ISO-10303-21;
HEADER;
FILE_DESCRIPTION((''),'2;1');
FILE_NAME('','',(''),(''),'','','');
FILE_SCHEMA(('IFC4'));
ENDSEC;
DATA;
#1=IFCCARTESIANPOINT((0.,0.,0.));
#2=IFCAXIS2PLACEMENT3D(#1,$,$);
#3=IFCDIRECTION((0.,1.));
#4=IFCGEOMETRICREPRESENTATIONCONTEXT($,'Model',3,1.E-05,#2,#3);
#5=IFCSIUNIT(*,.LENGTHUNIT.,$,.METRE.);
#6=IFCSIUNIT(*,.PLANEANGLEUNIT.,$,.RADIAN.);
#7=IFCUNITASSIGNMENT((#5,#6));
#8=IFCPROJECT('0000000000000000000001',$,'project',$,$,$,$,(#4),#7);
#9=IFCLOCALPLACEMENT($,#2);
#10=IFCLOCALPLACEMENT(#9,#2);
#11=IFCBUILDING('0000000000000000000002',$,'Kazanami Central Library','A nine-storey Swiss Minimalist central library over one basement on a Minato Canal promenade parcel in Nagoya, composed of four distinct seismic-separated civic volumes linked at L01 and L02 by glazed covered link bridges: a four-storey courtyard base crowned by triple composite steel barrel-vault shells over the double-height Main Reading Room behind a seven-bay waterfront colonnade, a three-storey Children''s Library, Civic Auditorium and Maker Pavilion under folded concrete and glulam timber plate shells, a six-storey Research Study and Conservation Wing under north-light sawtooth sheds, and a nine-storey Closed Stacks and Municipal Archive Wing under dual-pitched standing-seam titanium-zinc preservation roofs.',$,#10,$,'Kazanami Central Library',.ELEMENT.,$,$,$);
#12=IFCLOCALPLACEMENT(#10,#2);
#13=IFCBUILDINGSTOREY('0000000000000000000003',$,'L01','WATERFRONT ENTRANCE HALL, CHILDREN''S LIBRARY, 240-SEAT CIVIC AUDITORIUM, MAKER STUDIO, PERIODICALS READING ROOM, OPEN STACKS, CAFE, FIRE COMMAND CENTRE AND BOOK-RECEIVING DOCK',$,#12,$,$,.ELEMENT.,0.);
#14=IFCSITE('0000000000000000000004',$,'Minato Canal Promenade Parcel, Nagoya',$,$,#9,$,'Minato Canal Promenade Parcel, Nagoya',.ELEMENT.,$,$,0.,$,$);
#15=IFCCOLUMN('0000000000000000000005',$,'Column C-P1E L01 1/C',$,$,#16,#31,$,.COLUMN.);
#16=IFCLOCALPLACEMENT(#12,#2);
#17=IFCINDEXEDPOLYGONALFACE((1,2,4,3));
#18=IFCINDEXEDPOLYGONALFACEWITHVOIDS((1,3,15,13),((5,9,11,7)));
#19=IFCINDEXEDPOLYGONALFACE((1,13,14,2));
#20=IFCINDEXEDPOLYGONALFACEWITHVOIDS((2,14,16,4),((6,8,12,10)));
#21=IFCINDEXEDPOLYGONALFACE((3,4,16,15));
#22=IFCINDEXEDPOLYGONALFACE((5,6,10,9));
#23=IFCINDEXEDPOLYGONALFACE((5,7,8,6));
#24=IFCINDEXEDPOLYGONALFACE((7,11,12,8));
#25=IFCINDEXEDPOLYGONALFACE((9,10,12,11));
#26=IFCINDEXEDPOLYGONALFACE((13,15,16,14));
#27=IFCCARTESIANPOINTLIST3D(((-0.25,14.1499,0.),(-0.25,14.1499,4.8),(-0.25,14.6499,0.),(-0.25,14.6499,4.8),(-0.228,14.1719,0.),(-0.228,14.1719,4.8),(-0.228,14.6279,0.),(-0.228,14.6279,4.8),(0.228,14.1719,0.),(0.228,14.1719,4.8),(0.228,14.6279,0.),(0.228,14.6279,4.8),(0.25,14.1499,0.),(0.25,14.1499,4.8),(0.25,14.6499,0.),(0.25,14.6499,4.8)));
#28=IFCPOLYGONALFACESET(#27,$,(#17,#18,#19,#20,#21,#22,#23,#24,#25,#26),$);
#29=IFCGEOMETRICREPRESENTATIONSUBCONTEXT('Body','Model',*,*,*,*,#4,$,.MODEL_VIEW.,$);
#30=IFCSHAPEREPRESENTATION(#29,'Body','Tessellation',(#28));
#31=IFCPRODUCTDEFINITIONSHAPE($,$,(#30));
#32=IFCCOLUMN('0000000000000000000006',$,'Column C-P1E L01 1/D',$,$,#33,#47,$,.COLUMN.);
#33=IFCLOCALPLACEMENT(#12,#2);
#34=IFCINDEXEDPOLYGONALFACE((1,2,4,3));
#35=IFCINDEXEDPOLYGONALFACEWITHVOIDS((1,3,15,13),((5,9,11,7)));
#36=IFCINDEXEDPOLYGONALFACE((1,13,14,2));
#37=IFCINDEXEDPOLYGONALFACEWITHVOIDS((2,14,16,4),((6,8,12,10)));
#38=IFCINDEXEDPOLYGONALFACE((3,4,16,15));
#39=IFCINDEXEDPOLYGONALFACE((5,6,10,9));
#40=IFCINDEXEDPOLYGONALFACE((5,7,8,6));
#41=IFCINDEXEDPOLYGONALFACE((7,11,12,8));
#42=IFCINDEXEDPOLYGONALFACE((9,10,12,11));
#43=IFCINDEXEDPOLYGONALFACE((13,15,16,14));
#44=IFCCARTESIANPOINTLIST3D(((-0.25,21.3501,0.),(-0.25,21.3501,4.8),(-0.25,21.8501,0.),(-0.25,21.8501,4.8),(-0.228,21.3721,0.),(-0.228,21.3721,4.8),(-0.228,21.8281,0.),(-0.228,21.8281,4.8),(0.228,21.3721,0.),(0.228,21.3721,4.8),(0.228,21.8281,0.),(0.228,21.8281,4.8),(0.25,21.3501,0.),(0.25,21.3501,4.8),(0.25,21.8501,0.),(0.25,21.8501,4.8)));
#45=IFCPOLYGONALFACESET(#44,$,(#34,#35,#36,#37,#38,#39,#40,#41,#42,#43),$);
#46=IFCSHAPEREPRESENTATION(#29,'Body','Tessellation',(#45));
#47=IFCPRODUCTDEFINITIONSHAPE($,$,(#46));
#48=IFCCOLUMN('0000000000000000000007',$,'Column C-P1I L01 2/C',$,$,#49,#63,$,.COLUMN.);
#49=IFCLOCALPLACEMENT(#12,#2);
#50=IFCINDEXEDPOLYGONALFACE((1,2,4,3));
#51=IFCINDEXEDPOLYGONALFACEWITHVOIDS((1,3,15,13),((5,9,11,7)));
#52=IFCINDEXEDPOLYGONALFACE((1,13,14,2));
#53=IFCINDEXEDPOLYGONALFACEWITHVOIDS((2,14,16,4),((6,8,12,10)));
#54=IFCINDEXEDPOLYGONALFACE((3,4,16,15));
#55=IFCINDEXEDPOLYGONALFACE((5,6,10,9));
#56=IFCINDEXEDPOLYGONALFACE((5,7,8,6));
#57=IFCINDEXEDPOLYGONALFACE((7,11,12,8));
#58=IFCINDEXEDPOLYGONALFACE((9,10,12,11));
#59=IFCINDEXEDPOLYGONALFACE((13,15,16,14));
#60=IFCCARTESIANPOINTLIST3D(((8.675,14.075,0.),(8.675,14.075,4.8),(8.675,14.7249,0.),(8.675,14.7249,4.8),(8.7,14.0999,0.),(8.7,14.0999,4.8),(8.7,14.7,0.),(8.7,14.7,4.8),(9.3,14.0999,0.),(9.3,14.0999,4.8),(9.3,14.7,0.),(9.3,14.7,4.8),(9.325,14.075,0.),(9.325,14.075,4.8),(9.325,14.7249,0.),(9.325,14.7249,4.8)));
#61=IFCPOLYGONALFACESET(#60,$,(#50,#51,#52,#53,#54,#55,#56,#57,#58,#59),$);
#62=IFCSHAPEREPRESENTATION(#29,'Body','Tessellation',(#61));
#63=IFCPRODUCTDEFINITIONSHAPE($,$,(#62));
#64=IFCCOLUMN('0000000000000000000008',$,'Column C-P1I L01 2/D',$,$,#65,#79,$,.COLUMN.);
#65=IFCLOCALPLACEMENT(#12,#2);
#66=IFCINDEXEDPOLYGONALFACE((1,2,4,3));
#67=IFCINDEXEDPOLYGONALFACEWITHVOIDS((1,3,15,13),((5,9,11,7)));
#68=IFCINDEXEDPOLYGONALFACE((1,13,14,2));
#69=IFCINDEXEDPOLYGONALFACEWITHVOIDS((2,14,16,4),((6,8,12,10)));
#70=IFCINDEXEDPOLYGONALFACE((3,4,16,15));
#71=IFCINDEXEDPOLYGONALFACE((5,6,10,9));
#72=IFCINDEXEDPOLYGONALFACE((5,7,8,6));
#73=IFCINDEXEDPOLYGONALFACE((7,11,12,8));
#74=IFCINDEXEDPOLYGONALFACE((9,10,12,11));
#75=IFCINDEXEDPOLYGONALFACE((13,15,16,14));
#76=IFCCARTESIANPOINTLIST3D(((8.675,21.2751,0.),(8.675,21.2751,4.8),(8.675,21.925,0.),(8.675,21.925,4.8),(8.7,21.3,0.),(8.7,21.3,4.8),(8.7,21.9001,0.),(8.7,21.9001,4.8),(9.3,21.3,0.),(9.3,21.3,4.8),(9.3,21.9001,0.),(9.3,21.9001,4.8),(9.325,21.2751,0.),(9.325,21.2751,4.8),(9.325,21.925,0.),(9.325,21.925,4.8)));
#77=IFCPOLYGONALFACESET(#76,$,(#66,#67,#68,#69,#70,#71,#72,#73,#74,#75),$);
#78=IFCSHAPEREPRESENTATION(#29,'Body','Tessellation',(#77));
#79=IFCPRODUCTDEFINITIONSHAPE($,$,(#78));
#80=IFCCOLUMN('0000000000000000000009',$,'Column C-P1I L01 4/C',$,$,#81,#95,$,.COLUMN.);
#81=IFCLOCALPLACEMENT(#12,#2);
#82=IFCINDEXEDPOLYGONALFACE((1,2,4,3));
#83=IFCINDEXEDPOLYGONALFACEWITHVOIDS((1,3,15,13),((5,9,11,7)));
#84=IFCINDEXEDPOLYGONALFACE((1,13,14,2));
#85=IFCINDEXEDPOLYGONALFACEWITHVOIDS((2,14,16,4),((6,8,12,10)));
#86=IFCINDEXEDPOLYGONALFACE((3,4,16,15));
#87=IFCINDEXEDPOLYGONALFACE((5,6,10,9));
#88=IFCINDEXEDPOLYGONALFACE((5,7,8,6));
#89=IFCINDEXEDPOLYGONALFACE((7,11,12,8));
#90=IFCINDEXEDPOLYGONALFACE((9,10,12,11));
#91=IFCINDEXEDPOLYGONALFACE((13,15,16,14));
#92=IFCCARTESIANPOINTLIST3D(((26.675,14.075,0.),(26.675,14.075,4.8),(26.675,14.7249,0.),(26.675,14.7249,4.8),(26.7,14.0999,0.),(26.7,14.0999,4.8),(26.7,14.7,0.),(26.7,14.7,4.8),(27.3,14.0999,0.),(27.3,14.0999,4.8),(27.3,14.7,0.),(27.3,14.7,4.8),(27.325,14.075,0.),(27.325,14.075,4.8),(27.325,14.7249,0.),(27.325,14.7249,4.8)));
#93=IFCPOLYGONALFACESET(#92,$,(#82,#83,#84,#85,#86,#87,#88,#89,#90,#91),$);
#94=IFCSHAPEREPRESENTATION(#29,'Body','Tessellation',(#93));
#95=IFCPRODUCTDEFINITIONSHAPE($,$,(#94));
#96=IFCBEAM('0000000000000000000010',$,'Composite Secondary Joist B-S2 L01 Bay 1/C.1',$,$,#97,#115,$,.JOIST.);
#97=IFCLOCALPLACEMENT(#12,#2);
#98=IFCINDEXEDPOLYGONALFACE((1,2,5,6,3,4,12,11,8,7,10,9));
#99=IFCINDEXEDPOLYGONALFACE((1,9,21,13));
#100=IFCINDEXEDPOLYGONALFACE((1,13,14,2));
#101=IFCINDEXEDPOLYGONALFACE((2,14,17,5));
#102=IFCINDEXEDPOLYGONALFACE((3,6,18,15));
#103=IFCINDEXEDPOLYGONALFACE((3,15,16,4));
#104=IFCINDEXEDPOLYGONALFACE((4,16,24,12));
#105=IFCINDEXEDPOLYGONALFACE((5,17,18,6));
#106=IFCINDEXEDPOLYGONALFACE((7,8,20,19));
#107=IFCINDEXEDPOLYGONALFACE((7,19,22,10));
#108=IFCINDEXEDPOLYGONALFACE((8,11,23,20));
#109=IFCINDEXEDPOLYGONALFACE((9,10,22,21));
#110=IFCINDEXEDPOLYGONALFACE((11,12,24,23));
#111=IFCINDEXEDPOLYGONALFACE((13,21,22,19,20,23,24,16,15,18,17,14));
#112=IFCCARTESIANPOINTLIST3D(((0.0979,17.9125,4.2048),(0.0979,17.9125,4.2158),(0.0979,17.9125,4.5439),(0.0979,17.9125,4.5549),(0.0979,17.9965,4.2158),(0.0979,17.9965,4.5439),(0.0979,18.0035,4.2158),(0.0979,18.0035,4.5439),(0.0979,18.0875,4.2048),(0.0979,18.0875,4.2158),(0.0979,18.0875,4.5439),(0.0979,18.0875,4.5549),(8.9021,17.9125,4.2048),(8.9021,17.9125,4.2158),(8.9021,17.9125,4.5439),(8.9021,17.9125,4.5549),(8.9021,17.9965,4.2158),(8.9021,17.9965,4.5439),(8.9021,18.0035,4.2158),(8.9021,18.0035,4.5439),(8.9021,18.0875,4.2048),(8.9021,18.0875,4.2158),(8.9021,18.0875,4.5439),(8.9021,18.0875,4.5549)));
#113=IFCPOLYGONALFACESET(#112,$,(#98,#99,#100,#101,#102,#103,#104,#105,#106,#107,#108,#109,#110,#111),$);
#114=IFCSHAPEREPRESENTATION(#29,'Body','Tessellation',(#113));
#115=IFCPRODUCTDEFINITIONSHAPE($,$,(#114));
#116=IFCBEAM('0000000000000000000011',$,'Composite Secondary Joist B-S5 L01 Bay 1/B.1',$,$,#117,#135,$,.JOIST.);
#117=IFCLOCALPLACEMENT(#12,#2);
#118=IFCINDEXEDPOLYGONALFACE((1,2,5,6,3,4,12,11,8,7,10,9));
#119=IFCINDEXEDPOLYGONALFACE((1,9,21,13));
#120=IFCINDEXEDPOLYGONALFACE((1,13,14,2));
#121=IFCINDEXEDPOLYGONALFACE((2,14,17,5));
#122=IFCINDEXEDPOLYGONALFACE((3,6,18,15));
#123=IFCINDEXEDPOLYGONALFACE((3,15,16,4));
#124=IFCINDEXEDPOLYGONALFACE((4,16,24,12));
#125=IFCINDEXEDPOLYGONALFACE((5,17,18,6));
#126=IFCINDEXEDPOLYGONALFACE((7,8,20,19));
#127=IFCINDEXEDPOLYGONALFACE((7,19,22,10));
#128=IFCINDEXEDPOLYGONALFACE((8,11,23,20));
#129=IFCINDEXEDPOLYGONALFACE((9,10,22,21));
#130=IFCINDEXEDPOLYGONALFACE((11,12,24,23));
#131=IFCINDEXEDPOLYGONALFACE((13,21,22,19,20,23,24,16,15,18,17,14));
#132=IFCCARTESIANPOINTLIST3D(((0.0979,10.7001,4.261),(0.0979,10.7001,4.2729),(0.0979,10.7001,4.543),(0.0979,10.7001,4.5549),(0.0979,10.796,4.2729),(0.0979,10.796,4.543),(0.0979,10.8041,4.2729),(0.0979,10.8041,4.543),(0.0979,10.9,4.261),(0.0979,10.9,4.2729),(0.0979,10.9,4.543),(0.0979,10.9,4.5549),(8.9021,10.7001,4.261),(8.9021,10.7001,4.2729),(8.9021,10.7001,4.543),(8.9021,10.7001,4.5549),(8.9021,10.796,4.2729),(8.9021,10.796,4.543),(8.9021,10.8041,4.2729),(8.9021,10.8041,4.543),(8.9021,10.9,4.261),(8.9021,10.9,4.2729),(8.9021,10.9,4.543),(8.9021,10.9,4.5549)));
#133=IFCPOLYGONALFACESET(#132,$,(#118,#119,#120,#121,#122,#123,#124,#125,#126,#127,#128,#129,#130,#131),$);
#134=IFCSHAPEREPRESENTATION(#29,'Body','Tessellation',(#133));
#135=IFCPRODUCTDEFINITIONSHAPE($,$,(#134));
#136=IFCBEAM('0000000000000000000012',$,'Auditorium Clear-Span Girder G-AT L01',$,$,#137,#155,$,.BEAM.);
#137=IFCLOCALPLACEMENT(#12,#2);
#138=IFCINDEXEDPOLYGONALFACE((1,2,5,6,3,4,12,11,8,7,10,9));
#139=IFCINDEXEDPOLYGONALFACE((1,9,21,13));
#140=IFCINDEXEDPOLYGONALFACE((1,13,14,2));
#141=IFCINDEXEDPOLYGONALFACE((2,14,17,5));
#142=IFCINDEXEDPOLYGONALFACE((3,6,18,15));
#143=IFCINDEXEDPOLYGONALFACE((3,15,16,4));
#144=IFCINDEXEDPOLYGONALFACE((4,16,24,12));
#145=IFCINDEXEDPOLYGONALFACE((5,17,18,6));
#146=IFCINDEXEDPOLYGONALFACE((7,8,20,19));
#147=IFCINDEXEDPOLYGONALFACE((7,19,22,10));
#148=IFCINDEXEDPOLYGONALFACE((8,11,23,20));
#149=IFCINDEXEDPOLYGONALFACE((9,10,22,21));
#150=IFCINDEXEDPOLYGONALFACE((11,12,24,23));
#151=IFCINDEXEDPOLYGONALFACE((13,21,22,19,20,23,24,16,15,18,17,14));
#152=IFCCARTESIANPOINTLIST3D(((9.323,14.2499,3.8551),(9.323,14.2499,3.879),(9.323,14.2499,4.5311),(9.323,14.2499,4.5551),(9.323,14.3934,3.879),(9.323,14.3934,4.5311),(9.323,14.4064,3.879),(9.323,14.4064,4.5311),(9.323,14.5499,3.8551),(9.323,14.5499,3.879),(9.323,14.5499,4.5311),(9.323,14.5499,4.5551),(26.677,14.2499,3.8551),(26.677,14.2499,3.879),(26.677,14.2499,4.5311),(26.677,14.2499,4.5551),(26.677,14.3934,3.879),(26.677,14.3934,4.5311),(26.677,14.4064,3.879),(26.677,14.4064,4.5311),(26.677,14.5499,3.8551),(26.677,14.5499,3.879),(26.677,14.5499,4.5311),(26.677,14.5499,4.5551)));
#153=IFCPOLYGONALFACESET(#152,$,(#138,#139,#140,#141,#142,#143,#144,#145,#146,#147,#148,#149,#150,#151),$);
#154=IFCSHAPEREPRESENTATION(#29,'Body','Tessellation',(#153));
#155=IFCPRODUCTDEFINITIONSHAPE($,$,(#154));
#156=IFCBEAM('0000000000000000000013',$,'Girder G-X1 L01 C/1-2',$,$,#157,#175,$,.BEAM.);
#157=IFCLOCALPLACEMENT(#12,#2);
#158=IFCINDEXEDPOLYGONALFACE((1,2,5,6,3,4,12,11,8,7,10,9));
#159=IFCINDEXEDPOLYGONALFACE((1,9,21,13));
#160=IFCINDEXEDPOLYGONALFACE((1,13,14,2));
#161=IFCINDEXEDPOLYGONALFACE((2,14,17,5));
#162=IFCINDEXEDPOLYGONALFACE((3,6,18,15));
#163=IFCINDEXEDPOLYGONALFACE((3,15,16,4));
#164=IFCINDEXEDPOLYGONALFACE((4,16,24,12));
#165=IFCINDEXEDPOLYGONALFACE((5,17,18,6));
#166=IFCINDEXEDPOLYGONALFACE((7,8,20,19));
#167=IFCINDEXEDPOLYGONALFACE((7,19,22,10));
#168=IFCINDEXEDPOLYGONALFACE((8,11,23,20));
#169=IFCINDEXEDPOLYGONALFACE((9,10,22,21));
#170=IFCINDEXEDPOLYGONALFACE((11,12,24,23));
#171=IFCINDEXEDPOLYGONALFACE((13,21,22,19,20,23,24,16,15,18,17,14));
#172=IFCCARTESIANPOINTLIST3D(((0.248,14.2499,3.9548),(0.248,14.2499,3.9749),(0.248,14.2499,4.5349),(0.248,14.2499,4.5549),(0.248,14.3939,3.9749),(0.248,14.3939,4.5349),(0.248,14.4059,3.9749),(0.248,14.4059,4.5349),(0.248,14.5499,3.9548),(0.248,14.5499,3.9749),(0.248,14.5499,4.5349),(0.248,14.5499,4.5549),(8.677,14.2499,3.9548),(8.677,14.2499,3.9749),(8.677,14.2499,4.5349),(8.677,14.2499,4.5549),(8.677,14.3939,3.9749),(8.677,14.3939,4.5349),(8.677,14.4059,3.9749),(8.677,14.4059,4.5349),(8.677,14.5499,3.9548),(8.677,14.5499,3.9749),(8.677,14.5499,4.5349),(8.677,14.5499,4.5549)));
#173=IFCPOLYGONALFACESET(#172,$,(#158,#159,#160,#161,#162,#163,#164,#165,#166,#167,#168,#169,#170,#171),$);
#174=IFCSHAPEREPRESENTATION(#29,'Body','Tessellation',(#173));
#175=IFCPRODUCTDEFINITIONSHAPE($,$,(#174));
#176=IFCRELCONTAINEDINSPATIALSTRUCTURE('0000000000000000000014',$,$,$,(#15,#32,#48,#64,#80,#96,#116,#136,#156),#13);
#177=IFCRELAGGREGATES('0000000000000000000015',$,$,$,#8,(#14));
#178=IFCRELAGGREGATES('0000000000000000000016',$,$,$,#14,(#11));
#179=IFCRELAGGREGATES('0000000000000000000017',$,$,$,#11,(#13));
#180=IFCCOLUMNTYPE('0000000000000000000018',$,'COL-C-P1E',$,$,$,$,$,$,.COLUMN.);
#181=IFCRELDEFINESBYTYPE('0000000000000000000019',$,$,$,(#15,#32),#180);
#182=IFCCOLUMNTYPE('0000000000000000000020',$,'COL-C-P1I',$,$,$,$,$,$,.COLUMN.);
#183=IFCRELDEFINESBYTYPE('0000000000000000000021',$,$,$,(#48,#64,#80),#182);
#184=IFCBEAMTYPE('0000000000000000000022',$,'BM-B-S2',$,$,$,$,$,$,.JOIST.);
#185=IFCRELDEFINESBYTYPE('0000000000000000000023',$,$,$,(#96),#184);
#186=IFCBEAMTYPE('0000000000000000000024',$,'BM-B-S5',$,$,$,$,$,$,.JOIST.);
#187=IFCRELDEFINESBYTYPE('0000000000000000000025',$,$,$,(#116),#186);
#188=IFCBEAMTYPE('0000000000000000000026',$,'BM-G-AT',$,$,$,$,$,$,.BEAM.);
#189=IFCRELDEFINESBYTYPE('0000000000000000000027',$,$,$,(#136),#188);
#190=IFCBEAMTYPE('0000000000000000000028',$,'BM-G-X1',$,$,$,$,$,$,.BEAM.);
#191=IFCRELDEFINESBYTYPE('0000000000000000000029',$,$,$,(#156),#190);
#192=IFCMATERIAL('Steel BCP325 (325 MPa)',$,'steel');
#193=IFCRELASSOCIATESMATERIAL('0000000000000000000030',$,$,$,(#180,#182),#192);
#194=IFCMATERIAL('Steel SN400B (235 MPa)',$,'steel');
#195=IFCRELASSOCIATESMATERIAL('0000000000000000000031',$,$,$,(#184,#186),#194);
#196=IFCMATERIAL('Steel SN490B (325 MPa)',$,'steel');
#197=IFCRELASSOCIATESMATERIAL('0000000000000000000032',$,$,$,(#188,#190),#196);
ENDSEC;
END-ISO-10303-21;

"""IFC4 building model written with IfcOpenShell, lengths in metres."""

from ifc_helpers import new_model, si_unit, direction, frame, origin, origin_2d, place, context, subcontext, project, spatial, hollow_rectangle, i_section, extrude, material, material_profile, profile_set, type_object, element, save


model = new_model("IFC4")

# Units and contexts
model_context = context("Model", 3, precision=1e-05, world=origin(), true_north=direction((0.0, 1.0)))
body_context = subcontext(model_context, "Body", "Model", "MODEL_VIEW")
ifc_project = project(units=[si_unit("LENGTHUNIT", "METRE"), si_unit("PLANEANGLEUNIT", "RADIAN")], contexts=[model_context])

# Site, building, storey
site_placement = place(None, origin())
site = spatial("IfcSite", under=ifc_project, at=site_placement, Name="Minato Canal Promenade Parcel, Nagoya", LongName="Minato Canal Promenade Parcel, Nagoya", CompositionType="ELEMENT", RefElevation=0.0)
building_placement = place(site_placement, origin())
building = spatial("IfcBuilding", under=site, at=building_placement, Name="Kazanami Central Library", Description="A nine-storey Swiss Minimalist central library over one basement on a Minato Canal promenade parcel in Nagoya, composed of four distinct seismic-separated civic volumes linked at L01 and L02 by glazed covered link bridges: a four-storey courtyard base crowned by triple composite steel barrel-vault shells over the double-height Main Reading Room behind a seven-bay waterfront colonnade, a three-storey Children's Library, Civic Auditorium and Maker Pavilion under folded concrete and glulam timber plate shells, a six-storey Research Study and Conservation Wing under north-light sawtooth sheds, and a nine-storey Closed Stacks and Municipal Archive Wing under dual-pitched standing-seam titanium-zinc preservation roofs.", LongName="Kazanami Central Library", CompositionType="ELEMENT")
storey_placement = place(building_placement, origin())
storey = spatial("IfcBuildingStorey", under=building, at=storey_placement, Name="L01", Description="WATERFRONT ENTRANCE HALL, CHILDREN'S LIBRARY, 240-SEAT CIVIC AUDITORIUM, MAKER STUDIO, PERIODICALS READING ROOM, OPEN STACKS, CAFE, FIRE COMMAND CENTRE AND BOOK-RECEIVING DOCK", CompositionType="ELEMENT", Elevation=0.0)

# Columns
ifc_material_1 = material(Name="Steel BCP325 (325 MPa)", Category="steel")
ifc_material_profile_1 = material_profile(ifc_material_1, hollow_rectangle(XDim=0.5, YDim=0.5, WallThickness=0.022, at=origin_2d()), Name="BCP-500x500x22")
ifc_profile_set_1 = profile_set([ifc_material_profile_1], Name="Steel BCP325 (325 MPa)")
column_type_1 = type_object("IfcColumnType", Name="COL-C-P1E", PredefinedType="COLUMN", material=ifc_profile_set_1)
for number, where, z_axis, x_axis, name in (
    (1, (0.0, 14.3999, 0.0), (0.0, 0.0, 1.0), (1.0, 0.0, 0.0), "Column C-P1E L01 1/C"),
    (2, (0.0, 21.6001, 0.0), (0.0, 0.0, 1.0), (1.0, 0.0, 0.0), "Column C-P1E L01 1/D"),
):
    element("IfcColumn", number, at=place(storey_placement, frame(where, z_axis=z_axis, x_axis=x_axis)), inside=storey, type_object=column_type_1, Name=name, PredefinedType="COLUMN", context=body_context, shape_type="SweptSolid", body=[
        extrude(hollow_rectangle(XDim=0.5, YDim=0.5, WallThickness=0.022, at=origin_2d()), origin(), (0.0, 0.0, 1.0), 4.8),
    ])
ifc_material_profile_2 = material_profile(ifc_material_1, hollow_rectangle(XDim=0.6499, YDim=0.6499, WallThickness=0.0249, at=origin_2d()), Name="BCP-650x650x25")
ifc_profile_set_2 = profile_set([ifc_material_profile_2], Name="Steel BCP325 (325 MPa)")
column_type_2 = type_object("IfcColumnType", Name="COL-C-P1I", PredefinedType="COLUMN", material=ifc_profile_set_2)
for number, where, z_axis, x_axis, name in (
    (3, (9.0, 14.3999, 0.0), (0.0, 0.0, 1.0), (1.0, 0.0, 0.0), "Column C-P1I L01 2/C"),
    (4, (9.0, 21.6001, 0.0), (0.0, 0.0, 1.0), (1.0, 0.0, 0.0), "Column C-P1I L01 2/D"),
    (5, (27.0, 14.3999, 0.0), (0.0, 0.0, 1.0), (1.0, 0.0, 0.0), "Column C-P1I L01 4/C"),
):
    element("IfcColumn", number, at=place(storey_placement, frame(where, z_axis=z_axis, x_axis=x_axis)), inside=storey, type_object=column_type_2, Name=name, PredefinedType="COLUMN", context=body_context, shape_type="SweptSolid", body=[
        extrude(hollow_rectangle(XDim=0.6499, YDim=0.6499, WallThickness=0.0249, at=origin_2d()), origin(), (0.0, 0.0, 1.0), 4.8),
    ])

# Beams
ifc_material_2 = material(Name="Steel SN400B (235 MPa)", Category="steel")
ifc_material_profile_3 = material_profile(ifc_material_2, i_section(OverallWidth=0.175, OverallDepth=0.3501, WebThickness=0.0071, FlangeThickness=0.011, at=origin_2d()), Name="H-350x175x7x11")
ifc_profile_set_3 = profile_set([ifc_material_profile_3], Name="Steel SN400B (235 MPa)")
beam_type_1 = type_object("IfcBeamType", Name="BM-B-S2", PredefinedType="JOIST", material=ifc_profile_set_3)
beam_1_placement = place(storey_placement, frame((0.0979, 18.0, 4.3799), z_axis=(1.0, 0.0, 0.0), x_axis=(0.0, 1.0, 0.0)))
element("IfcBeam", 6, at=beam_1_placement, inside=storey, type_object=beam_type_1, Name="Composite Secondary Joist B-S2 L01 Bay 1/C.1", PredefinedType="JOIST", context=body_context, shape_type="SweptSolid", body=[
    extrude(i_section(OverallWidth=0.175, OverallDepth=0.3501, WebThickness=0.0071, FlangeThickness=0.011, at=origin_2d()), origin(), (0.0, 0.0, 1.0), 8.8042),
])
ifc_material_profile_4 = material_profile(ifc_material_2, i_section(OverallWidth=0.2, OverallDepth=0.2939, WebThickness=0.0081, FlangeThickness=0.012, at=origin_2d()), Name="H-294x200x8x12")
ifc_profile_set_4 = profile_set([ifc_material_profile_4], Name="Steel SN400B (235 MPa)")
beam_type_2 = type_object("IfcBeamType", Name="BM-B-S5", PredefinedType="JOIST", material=ifc_profile_set_4)
beam_2_placement = place(storey_placement, frame((0.0979, 10.8, 4.408), z_axis=(1.0, 0.0, 0.0), x_axis=(0.0, 1.0, 0.0)))
element("IfcBeam", 7, at=beam_2_placement, inside=storey, type_object=beam_type_2, Name="Composite Secondary Joist B-S5 L01 Bay 1/B.1", PredefinedType="JOIST", context=body_context, shape_type="SweptSolid", body=[
    extrude(i_section(OverallWidth=0.2, OverallDepth=0.2939, WebThickness=0.0081, FlangeThickness=0.012, at=origin_2d()), origin(), (0.0, 0.0, 1.0), 8.8042),
])
ifc_material_3 = material(Name="Steel SN490B (325 MPa)", Category="steel")
ifc_material_profile_5 = material_profile(ifc_material_3, i_section(OverallWidth=0.3, OverallDepth=0.7, WebThickness=0.0129, FlangeThickness=0.0239, at=origin_2d()), Name="H-700x300x13x24")
ifc_profile_set_5 = profile_set([ifc_material_profile_5], Name="Steel SN490B (325 MPa)")
beam_type_3 = type_object("IfcBeamType", Name="BM-G-AT", PredefinedType="BEAM", material=ifc_profile_set_5)
beam_3_placement = place(storey_placement, frame((9.323, 14.3999, 4.2051), z_axis=(1.0, 0.0, 0.0), x_axis=(0.0, 1.0, 0.0)))
element("IfcBeam", 8, at=beam_3_placement, inside=storey, type_object=beam_type_3, Name="Auditorium Clear-Span Girder G-AT L01", PredefinedType="BEAM", context=body_context, shape_type="SweptSolid", body=[
    extrude(i_section(OverallWidth=0.3, OverallDepth=0.7, WebThickness=0.0129, FlangeThickness=0.0239, at=origin_2d()), origin(), (0.0, 0.0, 1.0), 17.354),
])
ifc_material_profile_6 = material_profile(ifc_material_3, i_section(OverallWidth=0.3, OverallDepth=0.6001, WebThickness=0.012, FlangeThickness=0.02, at=origin_2d()), Name="H-600x300x12x20")
ifc_profile_set_6 = profile_set([ifc_material_profile_6], Name="Steel SN490B (325 MPa)")
beam_type_4 = type_object("IfcBeamType", Name="BM-G-X1", PredefinedType="BEAM", material=ifc_profile_set_6)
for number, where, z_axis, x_axis, name in (
    (9, (0.248, 14.3999, 4.2549), (1.0, 0.0, 0.0), (0.0, 1.0, 0.0), "Girder G-X1 L01 C/1-2"),
):
    element("IfcBeam", number, at=place(storey_placement, frame(where, z_axis=z_axis, x_axis=x_axis)), inside=storey, type_object=beam_type_4, Name=name, PredefinedType="BEAM", context=body_context, shape_type="SweptSolid", body=[
        extrude(i_section(OverallWidth=0.3, OverallDepth=0.6001, WebThickness=0.012, FlangeThickness=0.02, at=origin_2d()), origin(), (0.0, 0.0, 1.0), 8.429),
    ])

save(model, "model.ifc")
